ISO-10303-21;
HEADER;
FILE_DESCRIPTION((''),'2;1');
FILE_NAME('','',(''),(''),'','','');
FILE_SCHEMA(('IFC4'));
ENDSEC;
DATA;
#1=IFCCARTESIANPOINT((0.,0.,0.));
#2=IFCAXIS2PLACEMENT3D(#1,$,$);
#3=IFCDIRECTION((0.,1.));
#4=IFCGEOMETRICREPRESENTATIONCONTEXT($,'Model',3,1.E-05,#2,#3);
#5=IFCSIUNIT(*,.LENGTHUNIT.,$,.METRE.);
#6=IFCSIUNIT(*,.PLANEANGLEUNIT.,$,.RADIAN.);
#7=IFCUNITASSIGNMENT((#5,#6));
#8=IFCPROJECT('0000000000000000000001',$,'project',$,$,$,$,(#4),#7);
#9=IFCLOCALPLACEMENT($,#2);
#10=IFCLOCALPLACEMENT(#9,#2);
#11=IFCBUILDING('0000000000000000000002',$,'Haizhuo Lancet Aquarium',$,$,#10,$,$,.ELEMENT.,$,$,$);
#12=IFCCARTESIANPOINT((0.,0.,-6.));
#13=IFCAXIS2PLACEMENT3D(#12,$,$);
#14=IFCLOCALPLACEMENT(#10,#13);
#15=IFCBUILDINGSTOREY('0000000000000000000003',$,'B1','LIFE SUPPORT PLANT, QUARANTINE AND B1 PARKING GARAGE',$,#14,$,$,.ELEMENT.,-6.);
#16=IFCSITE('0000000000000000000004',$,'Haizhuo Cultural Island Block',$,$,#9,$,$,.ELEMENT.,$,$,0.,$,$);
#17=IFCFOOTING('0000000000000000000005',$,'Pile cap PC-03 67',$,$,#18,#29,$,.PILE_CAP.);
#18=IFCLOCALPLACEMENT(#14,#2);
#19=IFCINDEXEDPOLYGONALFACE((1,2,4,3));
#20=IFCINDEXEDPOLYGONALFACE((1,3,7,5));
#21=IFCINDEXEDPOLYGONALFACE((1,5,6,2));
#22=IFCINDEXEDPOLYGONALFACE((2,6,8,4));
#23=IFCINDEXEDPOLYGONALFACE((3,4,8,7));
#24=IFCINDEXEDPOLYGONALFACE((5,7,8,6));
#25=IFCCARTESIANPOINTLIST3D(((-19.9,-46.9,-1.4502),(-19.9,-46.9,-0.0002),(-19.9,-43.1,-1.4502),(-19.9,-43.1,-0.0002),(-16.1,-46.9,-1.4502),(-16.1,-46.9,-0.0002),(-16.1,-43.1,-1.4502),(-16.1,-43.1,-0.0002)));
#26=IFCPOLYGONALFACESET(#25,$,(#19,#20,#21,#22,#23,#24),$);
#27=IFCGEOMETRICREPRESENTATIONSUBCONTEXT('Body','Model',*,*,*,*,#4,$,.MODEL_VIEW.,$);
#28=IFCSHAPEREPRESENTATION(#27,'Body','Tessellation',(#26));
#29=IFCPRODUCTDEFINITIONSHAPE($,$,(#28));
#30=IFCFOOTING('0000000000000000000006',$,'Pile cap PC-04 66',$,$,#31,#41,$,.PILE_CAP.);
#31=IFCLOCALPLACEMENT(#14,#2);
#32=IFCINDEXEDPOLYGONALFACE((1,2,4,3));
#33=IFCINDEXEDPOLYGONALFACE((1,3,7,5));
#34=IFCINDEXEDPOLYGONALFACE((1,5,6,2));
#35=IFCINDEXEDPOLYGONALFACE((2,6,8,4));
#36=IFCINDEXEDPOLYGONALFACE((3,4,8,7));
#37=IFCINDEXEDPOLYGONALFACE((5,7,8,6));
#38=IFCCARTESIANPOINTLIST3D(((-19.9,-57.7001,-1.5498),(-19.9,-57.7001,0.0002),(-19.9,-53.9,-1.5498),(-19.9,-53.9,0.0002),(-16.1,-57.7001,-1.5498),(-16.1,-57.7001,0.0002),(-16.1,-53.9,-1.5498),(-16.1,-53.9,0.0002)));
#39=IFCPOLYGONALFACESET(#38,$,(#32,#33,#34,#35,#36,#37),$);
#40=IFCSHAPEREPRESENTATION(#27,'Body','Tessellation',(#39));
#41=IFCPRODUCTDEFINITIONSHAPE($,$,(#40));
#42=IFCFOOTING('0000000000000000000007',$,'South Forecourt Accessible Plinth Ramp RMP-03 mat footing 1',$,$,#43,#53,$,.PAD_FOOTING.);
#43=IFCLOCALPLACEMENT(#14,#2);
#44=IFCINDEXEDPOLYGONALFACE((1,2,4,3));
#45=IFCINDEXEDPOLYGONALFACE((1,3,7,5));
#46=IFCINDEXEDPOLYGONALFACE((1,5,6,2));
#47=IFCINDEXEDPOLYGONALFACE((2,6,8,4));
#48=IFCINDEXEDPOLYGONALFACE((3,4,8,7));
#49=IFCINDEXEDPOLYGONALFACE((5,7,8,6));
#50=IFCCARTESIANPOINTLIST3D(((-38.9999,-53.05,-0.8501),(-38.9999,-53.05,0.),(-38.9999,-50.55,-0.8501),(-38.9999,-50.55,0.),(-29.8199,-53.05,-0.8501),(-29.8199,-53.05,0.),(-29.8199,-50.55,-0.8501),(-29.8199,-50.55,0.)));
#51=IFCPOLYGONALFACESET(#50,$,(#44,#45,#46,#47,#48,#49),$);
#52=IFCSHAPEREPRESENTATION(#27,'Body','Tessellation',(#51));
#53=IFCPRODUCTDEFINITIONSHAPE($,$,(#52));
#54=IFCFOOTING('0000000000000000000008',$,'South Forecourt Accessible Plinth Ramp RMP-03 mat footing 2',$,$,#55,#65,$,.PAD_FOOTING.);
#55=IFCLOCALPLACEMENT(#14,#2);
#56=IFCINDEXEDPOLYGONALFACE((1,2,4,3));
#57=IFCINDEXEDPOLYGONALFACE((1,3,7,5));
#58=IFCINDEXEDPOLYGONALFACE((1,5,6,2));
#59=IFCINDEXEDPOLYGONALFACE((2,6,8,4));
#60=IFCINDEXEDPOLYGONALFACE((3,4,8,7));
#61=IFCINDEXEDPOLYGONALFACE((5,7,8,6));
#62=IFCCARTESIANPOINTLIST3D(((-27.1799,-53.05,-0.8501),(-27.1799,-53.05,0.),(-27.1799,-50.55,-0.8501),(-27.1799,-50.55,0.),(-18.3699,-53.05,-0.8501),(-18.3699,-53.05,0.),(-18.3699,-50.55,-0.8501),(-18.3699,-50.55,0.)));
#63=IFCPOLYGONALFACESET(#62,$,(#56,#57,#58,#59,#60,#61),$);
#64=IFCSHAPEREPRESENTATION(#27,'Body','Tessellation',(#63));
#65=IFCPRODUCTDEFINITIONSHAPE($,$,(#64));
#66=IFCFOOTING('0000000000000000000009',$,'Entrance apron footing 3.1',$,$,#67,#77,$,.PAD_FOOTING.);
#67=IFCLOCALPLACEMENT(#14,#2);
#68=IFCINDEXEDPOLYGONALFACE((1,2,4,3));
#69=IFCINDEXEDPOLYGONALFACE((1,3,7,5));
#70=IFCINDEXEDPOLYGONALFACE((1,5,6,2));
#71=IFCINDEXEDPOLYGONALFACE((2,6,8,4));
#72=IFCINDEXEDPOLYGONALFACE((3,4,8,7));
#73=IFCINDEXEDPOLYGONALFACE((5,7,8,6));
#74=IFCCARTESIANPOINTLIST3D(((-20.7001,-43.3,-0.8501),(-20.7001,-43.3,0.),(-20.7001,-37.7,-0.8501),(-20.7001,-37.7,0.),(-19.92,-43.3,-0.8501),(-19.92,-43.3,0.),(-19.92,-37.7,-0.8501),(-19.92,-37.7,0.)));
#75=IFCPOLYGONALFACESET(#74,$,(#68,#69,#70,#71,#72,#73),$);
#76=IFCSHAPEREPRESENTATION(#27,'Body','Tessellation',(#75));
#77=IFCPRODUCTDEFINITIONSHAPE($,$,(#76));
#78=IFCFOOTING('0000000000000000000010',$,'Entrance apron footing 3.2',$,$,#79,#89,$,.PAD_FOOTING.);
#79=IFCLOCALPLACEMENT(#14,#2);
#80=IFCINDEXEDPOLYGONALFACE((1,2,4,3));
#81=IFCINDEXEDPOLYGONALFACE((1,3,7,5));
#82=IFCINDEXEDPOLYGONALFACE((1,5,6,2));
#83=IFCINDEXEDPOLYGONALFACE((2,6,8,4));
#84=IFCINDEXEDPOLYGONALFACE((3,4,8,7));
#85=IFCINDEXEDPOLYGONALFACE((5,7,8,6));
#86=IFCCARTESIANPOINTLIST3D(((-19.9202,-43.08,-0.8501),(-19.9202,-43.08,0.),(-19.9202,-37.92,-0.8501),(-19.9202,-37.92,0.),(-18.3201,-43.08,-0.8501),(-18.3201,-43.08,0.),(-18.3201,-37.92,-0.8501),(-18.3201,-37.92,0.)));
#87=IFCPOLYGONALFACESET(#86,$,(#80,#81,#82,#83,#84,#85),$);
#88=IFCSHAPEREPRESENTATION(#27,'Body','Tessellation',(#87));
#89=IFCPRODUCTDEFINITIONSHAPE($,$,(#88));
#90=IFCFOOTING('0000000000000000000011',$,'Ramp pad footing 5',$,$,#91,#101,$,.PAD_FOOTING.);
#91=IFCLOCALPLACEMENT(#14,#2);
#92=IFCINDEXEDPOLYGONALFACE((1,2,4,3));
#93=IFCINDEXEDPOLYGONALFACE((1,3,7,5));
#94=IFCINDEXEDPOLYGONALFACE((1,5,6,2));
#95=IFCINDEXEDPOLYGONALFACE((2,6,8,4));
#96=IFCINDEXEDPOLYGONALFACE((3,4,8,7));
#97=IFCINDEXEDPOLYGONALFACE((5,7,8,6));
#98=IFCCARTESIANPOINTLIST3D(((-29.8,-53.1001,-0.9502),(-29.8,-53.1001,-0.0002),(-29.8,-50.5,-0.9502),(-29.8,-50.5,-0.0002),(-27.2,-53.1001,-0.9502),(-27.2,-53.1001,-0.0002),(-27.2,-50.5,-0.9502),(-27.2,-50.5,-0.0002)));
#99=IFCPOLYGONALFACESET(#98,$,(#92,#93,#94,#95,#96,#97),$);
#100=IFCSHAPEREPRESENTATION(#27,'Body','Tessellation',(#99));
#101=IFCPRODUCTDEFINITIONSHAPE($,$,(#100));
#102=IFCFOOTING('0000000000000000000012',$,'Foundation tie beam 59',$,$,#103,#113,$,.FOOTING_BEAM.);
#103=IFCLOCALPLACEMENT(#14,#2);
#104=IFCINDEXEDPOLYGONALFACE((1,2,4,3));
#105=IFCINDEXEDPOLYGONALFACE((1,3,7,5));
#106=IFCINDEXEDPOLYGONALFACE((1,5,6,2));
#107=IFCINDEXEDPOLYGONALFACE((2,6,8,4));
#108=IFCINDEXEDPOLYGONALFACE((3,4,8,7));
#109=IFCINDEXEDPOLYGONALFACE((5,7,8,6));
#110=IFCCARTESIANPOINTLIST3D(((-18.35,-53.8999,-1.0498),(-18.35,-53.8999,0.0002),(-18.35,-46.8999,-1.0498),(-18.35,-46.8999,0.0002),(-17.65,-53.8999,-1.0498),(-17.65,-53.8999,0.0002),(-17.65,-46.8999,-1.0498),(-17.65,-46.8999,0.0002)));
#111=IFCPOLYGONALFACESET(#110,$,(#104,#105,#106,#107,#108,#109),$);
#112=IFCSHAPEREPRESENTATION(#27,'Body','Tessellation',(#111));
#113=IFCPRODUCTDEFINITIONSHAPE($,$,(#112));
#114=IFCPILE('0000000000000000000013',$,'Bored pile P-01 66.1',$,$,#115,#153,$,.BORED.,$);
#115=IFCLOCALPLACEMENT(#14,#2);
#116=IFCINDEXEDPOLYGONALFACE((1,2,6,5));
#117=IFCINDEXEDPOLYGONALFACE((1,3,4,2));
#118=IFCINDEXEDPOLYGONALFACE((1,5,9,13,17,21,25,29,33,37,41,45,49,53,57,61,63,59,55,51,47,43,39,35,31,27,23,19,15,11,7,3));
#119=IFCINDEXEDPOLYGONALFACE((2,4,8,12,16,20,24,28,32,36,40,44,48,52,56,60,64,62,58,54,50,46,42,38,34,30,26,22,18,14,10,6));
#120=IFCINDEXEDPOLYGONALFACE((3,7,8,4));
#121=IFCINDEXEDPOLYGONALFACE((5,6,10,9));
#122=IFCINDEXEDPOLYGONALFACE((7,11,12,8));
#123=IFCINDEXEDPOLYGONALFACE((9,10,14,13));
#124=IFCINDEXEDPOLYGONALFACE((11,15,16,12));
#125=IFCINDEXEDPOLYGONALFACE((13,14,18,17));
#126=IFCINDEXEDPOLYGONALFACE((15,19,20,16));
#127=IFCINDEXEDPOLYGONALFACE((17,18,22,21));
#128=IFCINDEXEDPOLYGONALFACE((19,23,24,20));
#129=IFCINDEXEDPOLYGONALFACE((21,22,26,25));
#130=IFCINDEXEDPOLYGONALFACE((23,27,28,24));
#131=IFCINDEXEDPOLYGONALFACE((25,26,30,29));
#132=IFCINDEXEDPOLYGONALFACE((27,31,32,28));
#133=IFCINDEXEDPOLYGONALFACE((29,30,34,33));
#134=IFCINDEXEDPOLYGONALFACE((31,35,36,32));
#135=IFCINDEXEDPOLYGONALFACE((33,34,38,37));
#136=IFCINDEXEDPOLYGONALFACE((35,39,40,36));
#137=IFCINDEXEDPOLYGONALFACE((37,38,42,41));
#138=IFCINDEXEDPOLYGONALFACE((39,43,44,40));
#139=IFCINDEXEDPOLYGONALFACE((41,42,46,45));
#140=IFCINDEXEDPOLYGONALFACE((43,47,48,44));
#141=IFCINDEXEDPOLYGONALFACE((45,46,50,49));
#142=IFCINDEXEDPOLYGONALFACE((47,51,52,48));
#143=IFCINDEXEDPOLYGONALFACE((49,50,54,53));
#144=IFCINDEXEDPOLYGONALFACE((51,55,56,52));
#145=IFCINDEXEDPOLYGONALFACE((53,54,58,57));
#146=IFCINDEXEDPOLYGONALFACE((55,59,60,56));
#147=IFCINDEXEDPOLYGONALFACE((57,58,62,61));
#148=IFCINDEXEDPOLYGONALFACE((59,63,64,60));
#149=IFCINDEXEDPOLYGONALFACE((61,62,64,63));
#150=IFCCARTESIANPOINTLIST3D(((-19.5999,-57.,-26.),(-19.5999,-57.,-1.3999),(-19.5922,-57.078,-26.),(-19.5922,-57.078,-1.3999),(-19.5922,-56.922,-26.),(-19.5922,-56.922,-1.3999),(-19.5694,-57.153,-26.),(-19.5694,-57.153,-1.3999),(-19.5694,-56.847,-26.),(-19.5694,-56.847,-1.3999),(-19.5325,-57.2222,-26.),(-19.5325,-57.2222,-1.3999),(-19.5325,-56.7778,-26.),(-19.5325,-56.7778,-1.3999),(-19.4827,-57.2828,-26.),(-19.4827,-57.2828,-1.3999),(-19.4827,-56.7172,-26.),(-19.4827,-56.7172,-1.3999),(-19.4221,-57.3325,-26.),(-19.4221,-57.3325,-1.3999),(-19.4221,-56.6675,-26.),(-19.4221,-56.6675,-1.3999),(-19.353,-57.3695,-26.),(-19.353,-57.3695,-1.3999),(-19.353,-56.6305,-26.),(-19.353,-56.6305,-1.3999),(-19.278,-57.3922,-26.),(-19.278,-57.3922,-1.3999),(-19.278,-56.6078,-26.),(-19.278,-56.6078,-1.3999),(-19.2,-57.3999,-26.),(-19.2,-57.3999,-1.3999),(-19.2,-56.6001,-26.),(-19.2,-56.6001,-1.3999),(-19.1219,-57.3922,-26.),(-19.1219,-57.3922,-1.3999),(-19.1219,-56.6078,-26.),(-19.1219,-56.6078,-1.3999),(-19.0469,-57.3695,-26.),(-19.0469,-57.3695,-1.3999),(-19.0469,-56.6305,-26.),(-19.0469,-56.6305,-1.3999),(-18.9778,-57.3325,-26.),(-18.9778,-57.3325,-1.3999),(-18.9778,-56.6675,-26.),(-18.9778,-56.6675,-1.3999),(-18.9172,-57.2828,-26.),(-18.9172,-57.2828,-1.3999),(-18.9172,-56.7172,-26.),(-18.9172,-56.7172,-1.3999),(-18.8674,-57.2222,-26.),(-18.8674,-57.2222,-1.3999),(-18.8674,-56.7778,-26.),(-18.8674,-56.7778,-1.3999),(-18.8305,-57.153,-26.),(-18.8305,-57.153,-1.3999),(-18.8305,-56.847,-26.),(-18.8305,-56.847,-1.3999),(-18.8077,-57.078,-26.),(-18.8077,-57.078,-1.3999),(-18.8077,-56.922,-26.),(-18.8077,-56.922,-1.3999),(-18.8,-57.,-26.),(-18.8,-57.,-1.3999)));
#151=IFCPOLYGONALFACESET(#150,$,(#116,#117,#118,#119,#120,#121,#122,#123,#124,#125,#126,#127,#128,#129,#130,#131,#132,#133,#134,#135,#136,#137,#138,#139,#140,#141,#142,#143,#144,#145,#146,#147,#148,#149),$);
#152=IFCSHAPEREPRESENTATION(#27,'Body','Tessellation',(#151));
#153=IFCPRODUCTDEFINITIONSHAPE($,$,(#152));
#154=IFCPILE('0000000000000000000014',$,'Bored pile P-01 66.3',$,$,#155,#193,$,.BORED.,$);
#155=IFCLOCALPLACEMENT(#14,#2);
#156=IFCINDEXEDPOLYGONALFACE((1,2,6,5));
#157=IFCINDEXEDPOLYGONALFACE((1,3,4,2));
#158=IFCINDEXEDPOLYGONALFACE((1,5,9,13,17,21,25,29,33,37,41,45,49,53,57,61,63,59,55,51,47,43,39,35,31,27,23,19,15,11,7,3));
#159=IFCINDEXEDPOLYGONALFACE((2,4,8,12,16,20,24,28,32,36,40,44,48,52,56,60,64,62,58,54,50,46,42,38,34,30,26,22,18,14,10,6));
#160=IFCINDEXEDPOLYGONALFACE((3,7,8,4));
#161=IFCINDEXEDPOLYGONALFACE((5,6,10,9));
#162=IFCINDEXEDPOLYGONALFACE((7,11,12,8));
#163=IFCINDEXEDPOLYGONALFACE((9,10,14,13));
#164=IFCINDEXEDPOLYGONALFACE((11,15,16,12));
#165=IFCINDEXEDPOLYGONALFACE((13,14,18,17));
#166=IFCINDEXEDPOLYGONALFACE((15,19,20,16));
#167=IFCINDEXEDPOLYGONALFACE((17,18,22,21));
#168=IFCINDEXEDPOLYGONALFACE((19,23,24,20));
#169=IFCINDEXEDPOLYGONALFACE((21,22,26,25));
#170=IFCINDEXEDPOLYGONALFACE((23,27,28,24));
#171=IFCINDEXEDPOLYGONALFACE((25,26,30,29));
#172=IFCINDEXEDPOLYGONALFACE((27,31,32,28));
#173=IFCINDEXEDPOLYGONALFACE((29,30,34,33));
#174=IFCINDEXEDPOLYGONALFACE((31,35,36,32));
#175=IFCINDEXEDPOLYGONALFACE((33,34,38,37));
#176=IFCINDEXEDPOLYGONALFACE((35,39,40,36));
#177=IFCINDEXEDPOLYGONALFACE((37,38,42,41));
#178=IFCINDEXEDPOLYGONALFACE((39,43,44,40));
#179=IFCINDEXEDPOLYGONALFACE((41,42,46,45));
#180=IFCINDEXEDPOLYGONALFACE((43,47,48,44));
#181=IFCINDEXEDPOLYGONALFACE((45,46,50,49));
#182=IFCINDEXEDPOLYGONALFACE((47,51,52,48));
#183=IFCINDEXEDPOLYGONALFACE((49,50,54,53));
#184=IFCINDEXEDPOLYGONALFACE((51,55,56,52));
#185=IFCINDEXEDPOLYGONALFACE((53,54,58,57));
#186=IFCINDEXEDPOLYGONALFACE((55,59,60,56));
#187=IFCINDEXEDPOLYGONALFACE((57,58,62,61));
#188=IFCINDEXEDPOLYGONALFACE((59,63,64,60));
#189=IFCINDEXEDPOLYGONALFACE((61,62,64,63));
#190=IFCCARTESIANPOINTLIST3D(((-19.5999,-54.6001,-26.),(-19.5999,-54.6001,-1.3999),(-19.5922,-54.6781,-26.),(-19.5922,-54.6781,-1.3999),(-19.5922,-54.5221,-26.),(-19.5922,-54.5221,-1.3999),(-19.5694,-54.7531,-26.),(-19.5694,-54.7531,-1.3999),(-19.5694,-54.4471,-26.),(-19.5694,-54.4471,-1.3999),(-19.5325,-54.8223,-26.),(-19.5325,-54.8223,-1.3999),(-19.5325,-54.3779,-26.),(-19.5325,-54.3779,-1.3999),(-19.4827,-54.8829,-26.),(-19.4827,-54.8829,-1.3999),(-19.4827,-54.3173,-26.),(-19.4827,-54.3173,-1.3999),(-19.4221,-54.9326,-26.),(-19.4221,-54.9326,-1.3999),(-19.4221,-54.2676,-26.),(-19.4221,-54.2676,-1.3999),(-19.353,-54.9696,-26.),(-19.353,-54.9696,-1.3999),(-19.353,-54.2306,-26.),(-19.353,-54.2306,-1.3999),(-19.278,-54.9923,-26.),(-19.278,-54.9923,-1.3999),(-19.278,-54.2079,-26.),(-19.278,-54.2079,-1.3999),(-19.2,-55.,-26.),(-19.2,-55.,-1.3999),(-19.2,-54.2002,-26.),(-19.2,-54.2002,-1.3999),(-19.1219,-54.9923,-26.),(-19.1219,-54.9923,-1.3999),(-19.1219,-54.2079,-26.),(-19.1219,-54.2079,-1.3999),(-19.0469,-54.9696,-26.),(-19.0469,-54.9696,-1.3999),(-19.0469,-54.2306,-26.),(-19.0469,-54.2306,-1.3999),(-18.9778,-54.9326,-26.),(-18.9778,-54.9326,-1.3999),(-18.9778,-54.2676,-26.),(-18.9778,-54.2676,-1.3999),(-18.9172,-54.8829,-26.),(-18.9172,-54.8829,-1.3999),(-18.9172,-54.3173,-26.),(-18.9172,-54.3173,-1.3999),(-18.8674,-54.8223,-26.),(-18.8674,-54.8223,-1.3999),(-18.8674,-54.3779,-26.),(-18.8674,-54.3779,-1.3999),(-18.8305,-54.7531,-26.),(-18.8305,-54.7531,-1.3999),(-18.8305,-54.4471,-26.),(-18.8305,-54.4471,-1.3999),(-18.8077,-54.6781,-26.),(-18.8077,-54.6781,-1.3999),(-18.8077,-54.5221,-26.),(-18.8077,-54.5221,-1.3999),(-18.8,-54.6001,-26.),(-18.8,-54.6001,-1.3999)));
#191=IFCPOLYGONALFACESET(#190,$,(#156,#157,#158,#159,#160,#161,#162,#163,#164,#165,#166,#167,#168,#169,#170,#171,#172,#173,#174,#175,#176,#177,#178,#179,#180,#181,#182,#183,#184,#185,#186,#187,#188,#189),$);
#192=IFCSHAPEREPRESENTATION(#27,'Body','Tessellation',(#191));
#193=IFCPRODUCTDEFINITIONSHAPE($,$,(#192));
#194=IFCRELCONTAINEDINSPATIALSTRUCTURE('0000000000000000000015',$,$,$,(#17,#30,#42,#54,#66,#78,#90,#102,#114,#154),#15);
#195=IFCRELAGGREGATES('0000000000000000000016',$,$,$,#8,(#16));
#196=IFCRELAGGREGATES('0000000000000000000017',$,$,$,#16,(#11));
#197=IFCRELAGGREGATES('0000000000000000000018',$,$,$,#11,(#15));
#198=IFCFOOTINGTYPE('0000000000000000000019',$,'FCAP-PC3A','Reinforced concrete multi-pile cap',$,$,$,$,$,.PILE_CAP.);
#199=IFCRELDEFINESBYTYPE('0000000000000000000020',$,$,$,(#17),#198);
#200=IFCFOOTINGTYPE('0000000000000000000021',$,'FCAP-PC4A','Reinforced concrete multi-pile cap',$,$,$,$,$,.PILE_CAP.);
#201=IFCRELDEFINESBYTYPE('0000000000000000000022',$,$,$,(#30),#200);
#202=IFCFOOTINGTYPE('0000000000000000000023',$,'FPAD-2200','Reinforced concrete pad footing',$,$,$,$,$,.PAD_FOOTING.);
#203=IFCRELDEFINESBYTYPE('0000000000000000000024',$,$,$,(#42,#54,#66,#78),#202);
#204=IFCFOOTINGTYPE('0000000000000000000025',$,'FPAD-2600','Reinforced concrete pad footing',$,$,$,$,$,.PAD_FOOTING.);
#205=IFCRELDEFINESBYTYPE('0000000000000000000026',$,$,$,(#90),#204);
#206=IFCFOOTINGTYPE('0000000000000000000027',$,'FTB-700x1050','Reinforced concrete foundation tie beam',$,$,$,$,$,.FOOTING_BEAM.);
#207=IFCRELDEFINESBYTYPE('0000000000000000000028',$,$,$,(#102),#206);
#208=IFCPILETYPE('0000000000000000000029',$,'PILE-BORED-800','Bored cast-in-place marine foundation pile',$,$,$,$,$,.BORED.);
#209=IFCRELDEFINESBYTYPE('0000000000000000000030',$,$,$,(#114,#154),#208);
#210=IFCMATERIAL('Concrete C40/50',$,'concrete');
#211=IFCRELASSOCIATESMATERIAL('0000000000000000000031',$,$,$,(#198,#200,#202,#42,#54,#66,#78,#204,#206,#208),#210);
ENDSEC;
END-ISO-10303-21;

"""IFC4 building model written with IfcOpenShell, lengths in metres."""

from ifc_helpers import new_model, si_unit, direction, frame, origin, origin_2d, place, context, subcontext, project, spatial, rectangle, circle, extrude, material, material_profile, profile_set, type_object, element, save


model = new_model("IFC4")

# Units and contexts
model_context = context("Model", 3, precision=1e-05, world=origin(), true_north=direction((0.0, 1.0)))
body_context = subcontext(model_context, "Body", "Model", "MODEL_VIEW")
ifc_project = project(units=[si_unit("LENGTHUNIT", "METRE"), si_unit("PLANEANGLEUNIT", "RADIAN")], contexts=[model_context])

# Site, building, storey
site_placement = place(None, origin())
site = spatial("IfcSite", under=ifc_project, at=site_placement, Name="Haizhuo Cultural Island Block", CompositionType="ELEMENT", RefElevation=0.0)
building_placement = place(site_placement, origin())
building = spatial("IfcBuilding", under=site, at=building_placement, Name="Haizhuo Lancet Aquarium", CompositionType="ELEMENT")
storey_placement = place(building_placement, frame((0.0, 0.0, -6.0)))
storey = spatial("IfcBuildingStorey", under=building, at=storey_placement, Name="B1", Description="LIFE SUPPORT PLANT, QUARANTINE AND B1 PARKING GARAGE", CompositionType="ELEMENT", Elevation=-6.0)

# Footings
ifc_material_1 = material(Name="Concrete C40/50", Category="concrete")
footing_type_1 = type_object("IfcFootingType", Name="FCAP-PC3A", Description="Reinforced concrete multi-pile cap", PredefinedType="PILE_CAP", material=ifc_material_1)
footing_1_placement = place(storey_placement, frame((-18.0, -45.0, -1.4502), z_axis=(0.0, 0.0, 1.0), x_axis=(1.0, 0.0, 0.0)))
element("IfcFooting", 1, at=footing_1_placement, inside=storey, type_object=footing_type_1, Name="Pile cap PC-03 67", PredefinedType="PILE_CAP", context=body_context, shape_type="SweptSolid", body=[
    extrude(rectangle(XDim=3.8, YDim=3.8, at=origin_2d()), origin(), (0.0, 0.0, 1.0), 1.45),
])
footing_type_2 = type_object("IfcFootingType", Name="FCAP-PC4A", Description="Reinforced concrete multi-pile cap", PredefinedType="PILE_CAP", material=ifc_material_1)
footing_2_placement = place(storey_placement, frame((-18.0, -55.8, -1.5498), z_axis=(0.0, 0.0, 1.0), x_axis=(1.0, 0.0, 0.0)))
element("IfcFooting", 2, at=footing_2_placement, inside=storey, type_object=footing_type_2, Name="Pile cap PC-04 66", PredefinedType="PILE_CAP", context=body_context, shape_type="SweptSolid", body=[
    extrude(rectangle(XDim=3.8, YDim=3.8, at=origin_2d()), origin(), (0.0, 0.0, 1.0), 1.55),
])
footing_type_3 = type_object("IfcFootingType", Name="FPAD-2200", Description="Reinforced concrete pad footing", PredefinedType="PAD_FOOTING", material=ifc_material_1)
footing_3_placement = place(storey_placement, frame((-34.4099, -51.8, -0.8501), z_axis=(0.0, 0.0, 1.0), x_axis=(1.0, 0.0, 0.0)))
element("IfcFooting", 3, at=footing_3_placement, inside=storey, type_object=footing_type_3, material=ifc_material_1, Name="South Forecourt Accessible Plinth Ramp RMP-03 mat footing 1", PredefinedType="PAD_FOOTING", context=body_context, shape_type="SweptSolid", body=[
    extrude(rectangle(XDim=9.1799, YDim=2.5, at=origin_2d()), origin(), (0.0, 0.0, 1.0), 0.8501),
])
footing_4_placement = place(storey_placement, frame((-22.7749, -51.8, -0.8501), z_axis=(0.0, 0.0, 1.0), x_axis=(1.0, 0.0, 0.0)))
element("IfcFooting", 4, at=footing_4_placement, inside=storey, type_object=footing_type_3, material=ifc_material_1, Name="South Forecourt Accessible Plinth Ramp RMP-03 mat footing 2", PredefinedType="PAD_FOOTING", context=body_context, shape_type="SweptSolid", body=[
    extrude(rectangle(XDim=8.8101, YDim=2.5, at=origin_2d()), origin(), (0.0, 0.0, 1.0), 0.8501),
])
footing_5_placement = place(storey_placement, frame((-20.3101, -40.5, -0.8501), z_axis=(0.0, 0.0, 1.0), x_axis=(1.0, 0.0, 0.0)))
element("IfcFooting", 5, at=footing_5_placement, inside=storey, type_object=footing_type_3, material=ifc_material_1, Name="Entrance apron footing 3.1", PredefinedType="PAD_FOOTING", context=body_context, shape_type="SweptSolid", body=[
    extrude(rectangle(XDim=0.78, YDim=5.6001, at=origin_2d()), origin(), (0.0, 0.0, 1.0), 0.8501),
])
footing_6_placement = place(storey_placement, frame((-19.1201, -40.5, -0.8501), z_axis=(0.0, 0.0, 1.0), x_axis=(1.0, 0.0, 0.0)))
element("IfcFooting", 6, at=footing_6_placement, inside=storey, type_object=footing_type_3, material=ifc_material_1, Name="Entrance apron footing 3.2", PredefinedType="PAD_FOOTING", context=body_context, shape_type="SweptSolid", body=[
    extrude(rectangle(XDim=1.6001, YDim=5.1599, at=origin_2d()), origin(), (0.0, 0.0, 1.0), 0.8501),
])
footing_type_4 = type_object("IfcFootingType", Name="FPAD-2600", Description="Reinforced concrete pad footing", PredefinedType="PAD_FOOTING", material=ifc_material_1)
footing_7_placement = place(storey_placement, frame((-28.5, -51.8, -0.9502), z_axis=(0.0, 0.0, 1.0), x_axis=(1.0, 0.0, 0.0)))
element("IfcFooting", 7, at=footing_7_placement, inside=storey, type_object=footing_type_4, Name="Ramp pad footing 5", PredefinedType="PAD_FOOTING", context=body_context, shape_type="SweptSolid", body=[
    extrude(rectangle(XDim=2.6001, YDim=2.6001, at=origin_2d()), origin(), (0.0, 0.0, 1.0), 0.95),
])
footing_type_5 = type_object("IfcFootingType", Name="FTB-700x1050", Description="Reinforced concrete foundation tie beam", PredefinedType="FOOTING_BEAM", material=ifc_material_1)
footing_8_placement = place(storey_placement, frame((-18.0, -50.3999, -1.0498), z_axis=(0.0, 0.0, 1.0), x_axis=(0.0, 1.0, 0.0)))
element("IfcFooting", 8, at=footing_8_placement, inside=storey, type_object=footing_type_5, Name="Foundation tie beam 59", PredefinedType="FOOTING_BEAM", context=body_context, shape_type="SweptSolid", body=[
    extrude(rectangle(XDim=7.0, YDim=0.7, at=origin_2d()), origin(), (0.0, 0.0, 1.0), 1.05),
])

# Piles
ifc_material_profile_1 = material_profile(ifc_material_1, circle(Radius=0.3999, at=origin_2d()), Name="PILE-800")
ifc_profile_set_1 = profile_set([ifc_material_profile_1], Name="Concrete C40/50")
pile_type = type_object("IfcPileType", Name="PILE-BORED-800", Description="Bored cast-in-place marine foundation pile", PredefinedType="BORED", material=ifc_profile_set_1)
for number, where, z_axis, x_axis, name in (
    (9, (-19.2, -57.0, -1.3999), (0.0, 0.0, -1.0), (1.0, 0.0, 0.0), "Bored pile P-01 66.1"),
    (10, (-19.2, -54.6001, -1.3999), (0.0, 0.0, -1.0), (1.0, 0.0, 0.0), "Bored pile P-01 66.3"),
):
    element("IfcPile", number, at=place(storey_placement, frame(where, z_axis=z_axis, x_axis=x_axis)), inside=storey, type_object=pile_type, Name=name, PredefinedType="BORED", context=body_context, shape_type="SweptSolid", body=[
        extrude(circle(Radius=0.3999, at=origin_2d()), origin(), (0.0, 0.0, 1.0), 24.6001),
    ])

save(model, "model.ifc")
